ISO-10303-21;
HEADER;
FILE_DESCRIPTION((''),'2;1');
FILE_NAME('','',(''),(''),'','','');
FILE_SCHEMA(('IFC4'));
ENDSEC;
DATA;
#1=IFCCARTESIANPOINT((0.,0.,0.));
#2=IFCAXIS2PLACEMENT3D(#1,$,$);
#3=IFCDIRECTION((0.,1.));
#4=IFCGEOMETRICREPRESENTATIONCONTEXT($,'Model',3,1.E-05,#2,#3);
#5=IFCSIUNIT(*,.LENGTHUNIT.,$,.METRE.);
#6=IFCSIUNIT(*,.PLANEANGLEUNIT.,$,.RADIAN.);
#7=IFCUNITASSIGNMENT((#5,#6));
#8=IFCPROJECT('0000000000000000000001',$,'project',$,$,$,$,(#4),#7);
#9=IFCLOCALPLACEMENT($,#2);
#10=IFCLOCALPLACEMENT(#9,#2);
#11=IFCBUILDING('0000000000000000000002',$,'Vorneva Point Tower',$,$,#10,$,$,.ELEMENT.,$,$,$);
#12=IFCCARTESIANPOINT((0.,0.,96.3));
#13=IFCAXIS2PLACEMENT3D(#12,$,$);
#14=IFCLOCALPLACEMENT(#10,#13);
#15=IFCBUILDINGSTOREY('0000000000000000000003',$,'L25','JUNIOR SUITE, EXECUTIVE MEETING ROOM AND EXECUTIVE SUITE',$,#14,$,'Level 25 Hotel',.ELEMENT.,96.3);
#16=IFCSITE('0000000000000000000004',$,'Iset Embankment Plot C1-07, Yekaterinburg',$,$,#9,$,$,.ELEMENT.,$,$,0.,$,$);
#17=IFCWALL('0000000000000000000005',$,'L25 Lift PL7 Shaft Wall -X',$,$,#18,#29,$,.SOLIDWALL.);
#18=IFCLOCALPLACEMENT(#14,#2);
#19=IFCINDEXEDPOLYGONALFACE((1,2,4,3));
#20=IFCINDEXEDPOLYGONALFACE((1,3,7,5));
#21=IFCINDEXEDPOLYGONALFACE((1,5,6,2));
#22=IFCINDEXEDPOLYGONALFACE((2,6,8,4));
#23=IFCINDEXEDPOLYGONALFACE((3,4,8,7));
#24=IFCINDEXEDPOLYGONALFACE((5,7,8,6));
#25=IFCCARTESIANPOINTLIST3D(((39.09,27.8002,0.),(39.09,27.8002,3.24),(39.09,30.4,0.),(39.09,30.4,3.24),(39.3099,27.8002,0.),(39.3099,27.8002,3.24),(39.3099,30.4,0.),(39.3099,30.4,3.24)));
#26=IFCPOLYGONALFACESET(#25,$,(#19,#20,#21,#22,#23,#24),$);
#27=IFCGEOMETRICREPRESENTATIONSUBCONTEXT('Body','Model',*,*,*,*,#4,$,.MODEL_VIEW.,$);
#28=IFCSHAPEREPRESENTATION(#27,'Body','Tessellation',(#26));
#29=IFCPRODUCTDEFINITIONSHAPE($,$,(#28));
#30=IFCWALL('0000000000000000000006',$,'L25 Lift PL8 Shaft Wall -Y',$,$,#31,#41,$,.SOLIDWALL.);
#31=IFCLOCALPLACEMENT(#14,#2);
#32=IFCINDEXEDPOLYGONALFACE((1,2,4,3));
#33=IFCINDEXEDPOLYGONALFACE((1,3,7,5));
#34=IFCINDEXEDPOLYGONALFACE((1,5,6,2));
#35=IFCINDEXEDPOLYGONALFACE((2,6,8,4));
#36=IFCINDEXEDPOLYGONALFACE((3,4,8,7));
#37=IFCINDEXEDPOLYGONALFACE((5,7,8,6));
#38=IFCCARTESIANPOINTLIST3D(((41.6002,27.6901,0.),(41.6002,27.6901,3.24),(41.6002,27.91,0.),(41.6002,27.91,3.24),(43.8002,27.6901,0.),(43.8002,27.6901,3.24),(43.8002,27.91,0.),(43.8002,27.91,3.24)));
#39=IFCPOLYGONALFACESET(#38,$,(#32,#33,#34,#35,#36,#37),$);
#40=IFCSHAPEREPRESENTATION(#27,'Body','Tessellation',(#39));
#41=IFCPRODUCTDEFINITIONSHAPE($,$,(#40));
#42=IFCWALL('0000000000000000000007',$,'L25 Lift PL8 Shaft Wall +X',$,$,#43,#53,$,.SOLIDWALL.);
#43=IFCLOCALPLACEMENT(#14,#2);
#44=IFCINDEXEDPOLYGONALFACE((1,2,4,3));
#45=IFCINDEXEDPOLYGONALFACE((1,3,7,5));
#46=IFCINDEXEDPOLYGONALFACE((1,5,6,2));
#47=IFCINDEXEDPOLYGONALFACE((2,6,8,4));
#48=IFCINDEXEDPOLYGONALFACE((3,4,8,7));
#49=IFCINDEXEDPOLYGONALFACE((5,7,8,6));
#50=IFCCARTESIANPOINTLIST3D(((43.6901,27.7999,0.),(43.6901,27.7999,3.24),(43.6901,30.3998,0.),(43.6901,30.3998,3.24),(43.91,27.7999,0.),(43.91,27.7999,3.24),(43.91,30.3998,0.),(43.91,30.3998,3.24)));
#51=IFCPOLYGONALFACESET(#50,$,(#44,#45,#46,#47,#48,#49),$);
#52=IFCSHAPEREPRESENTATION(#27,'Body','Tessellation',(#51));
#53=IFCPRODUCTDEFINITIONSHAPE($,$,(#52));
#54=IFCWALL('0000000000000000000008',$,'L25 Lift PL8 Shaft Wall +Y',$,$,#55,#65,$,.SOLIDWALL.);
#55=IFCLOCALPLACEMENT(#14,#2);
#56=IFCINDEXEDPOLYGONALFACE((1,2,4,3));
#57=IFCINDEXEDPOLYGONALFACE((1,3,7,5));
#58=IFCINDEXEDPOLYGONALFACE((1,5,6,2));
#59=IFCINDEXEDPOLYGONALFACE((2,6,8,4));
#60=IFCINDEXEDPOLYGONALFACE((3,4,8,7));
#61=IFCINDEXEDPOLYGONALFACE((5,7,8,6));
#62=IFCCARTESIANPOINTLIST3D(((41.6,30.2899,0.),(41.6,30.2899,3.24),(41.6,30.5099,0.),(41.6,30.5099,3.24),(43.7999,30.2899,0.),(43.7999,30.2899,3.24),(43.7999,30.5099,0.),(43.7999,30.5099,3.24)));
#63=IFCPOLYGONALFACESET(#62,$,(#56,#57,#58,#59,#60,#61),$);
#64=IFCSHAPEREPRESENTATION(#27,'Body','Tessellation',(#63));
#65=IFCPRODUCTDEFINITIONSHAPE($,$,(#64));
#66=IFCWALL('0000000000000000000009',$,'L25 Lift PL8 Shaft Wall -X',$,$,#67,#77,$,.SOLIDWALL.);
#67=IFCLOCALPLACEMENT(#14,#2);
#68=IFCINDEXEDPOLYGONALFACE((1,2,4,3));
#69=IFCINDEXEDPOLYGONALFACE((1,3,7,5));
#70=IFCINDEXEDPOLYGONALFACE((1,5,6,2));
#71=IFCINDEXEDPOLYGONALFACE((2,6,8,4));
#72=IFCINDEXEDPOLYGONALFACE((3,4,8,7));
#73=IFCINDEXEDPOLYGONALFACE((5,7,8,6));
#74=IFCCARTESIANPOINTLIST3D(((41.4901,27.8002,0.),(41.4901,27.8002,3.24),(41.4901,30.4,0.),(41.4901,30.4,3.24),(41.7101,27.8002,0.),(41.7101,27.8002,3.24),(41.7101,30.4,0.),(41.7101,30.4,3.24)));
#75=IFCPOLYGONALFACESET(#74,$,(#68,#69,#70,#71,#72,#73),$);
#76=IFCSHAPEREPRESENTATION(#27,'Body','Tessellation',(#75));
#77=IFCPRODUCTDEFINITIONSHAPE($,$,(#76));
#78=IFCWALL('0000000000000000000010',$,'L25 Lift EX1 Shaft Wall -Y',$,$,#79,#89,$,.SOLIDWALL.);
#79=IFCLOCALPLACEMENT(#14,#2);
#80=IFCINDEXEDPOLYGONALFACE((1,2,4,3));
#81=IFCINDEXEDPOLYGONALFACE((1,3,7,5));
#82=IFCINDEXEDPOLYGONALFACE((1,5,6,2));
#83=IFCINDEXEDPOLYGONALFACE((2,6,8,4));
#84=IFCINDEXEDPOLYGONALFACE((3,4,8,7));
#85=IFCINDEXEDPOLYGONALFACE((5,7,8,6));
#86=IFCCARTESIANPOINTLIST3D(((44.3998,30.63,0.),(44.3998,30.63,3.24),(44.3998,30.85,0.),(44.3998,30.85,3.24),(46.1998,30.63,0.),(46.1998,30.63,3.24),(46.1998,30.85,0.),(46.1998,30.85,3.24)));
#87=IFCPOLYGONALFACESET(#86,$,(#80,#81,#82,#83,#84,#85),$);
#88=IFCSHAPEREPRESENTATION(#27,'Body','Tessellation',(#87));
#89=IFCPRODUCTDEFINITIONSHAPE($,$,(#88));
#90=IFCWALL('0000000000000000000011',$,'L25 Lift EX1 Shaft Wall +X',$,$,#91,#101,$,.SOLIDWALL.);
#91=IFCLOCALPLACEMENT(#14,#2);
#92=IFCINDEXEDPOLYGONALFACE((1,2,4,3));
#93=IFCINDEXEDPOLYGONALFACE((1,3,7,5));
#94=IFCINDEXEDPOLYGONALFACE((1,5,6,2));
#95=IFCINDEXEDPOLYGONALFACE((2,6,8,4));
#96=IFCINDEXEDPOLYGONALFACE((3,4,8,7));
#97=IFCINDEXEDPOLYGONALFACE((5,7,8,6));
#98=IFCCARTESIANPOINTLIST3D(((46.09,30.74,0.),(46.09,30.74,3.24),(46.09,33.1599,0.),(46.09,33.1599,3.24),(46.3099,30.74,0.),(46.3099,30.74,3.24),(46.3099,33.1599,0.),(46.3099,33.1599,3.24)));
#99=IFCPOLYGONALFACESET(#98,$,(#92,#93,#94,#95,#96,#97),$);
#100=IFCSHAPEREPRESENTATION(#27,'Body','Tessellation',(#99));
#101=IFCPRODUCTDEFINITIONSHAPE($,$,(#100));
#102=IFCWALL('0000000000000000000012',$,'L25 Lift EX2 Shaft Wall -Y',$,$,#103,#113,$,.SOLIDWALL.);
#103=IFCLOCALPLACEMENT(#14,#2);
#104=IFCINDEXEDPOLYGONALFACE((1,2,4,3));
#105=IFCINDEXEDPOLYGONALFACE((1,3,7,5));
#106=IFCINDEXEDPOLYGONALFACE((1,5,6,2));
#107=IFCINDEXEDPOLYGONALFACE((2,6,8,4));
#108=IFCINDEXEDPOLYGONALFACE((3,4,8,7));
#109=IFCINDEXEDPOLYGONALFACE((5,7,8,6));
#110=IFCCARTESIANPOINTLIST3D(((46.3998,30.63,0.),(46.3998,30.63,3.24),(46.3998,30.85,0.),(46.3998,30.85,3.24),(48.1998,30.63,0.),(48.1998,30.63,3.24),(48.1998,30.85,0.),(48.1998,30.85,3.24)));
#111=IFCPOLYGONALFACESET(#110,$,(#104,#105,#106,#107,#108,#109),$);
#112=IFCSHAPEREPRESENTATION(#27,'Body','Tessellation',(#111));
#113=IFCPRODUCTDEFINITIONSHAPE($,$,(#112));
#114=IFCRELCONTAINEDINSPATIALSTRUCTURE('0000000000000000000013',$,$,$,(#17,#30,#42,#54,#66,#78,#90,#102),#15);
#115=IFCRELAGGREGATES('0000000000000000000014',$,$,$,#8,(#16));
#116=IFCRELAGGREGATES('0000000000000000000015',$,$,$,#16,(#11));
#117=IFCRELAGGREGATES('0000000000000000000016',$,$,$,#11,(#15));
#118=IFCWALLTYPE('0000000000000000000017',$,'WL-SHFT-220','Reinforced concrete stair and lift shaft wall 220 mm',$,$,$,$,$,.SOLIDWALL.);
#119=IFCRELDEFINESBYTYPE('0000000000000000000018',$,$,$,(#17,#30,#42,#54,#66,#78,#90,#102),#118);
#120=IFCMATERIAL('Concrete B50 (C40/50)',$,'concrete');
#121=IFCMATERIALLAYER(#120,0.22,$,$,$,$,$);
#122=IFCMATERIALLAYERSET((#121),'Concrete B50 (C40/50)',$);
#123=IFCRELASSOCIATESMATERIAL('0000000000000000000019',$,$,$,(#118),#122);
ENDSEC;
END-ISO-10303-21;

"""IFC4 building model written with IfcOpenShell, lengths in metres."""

from ifc_helpers import new_model, si_unit, direction, frame, frame_2d, origin, place, context, subcontext, project, spatial, rectangle, extrude, material, layer, layer_set, type_object, element, save


model = new_model("IFC4")

# Units and contexts
model_context = context("Model", 3, precision=1e-05, world=origin(), true_north=direction((0.0, 1.0)))
body_context = subcontext(model_context, "Body", "Model", "MODEL_VIEW")
ifc_project = project(units=[si_unit("LENGTHUNIT", "METRE"), si_unit("PLANEANGLEUNIT", "RADIAN")], contexts=[model_context])

# Site, building, storey
site_placement = place(None, origin())
site = spatial("IfcSite", under=ifc_project, at=site_placement, Name="Iset Embankment Plot C1-07, Yekaterinburg", CompositionType="ELEMENT", RefElevation=0.0)
building_placement = place(site_placement, origin())
building = spatial("IfcBuilding", under=site, at=building_placement, Name="Vorneva Point Tower", CompositionType="ELEMENT")
storey_placement = place(building_placement, frame((0.0, 0.0, 96.3)))
storey = spatial("IfcBuildingStorey", under=building, at=storey_placement, Name="L25", Description="JUNIOR SUITE, EXECUTIVE MEETING ROOM AND EXECUTIVE SUITE", LongName="Level 25 Hotel", CompositionType="ELEMENT", Elevation=96.3)

# Walls
ifc_material_1 = material(Name="Concrete B50 (C40/50)", Category="concrete")
ifc_layer_1 = layer(ifc_material_1, 0.22)
ifc_layer_set_1 = layer_set([ifc_layer_1], Name="Concrete B50 (C40/50)")
wall_type_1 = type_object("IfcWallType", Name="WL-SHFT-220", Description="Reinforced concrete stair and lift shaft wall 220 mm", PredefinedType="SOLIDWALL", material=ifc_layer_set_1)
wall_1_placement = place(storey_placement, frame((39.2, 30.3999, 0.0), z_axis=(0.0, 0.0, 1.0), x_axis=(0.0, -1.0, 0.0)))
element("IfcWall", 1, at=wall_1_placement, inside=storey, type_object=wall_type_1, Name="L25 Lift PL7 Shaft Wall -X", PredefinedType="SOLIDWALL", context=body_context, shape_type="SweptSolid", body=[
    extrude(rectangle(XDim=2.5999, YDim=0.22, at=frame_2d((1.2998, 0.0))), origin(), (0.0, 0.0, 1.0), 3.24),
])
wall_2_placement = place(storey_placement, frame((41.6001, 27.8, 0.0), z_axis=(0.0, 0.0, 1.0), x_axis=(1.0, 0.0, 0.0)))
element("IfcWall", 2, at=wall_2_placement, inside=storey, type_object=wall_type_1, Name="L25 Lift PL8 Shaft Wall -Y", PredefinedType="SOLIDWALL", context=body_context, shape_type="SweptSolid", body=[
    extrude(rectangle(XDim=2.2, YDim=0.22, at=frame_2d((1.1001, 0.0))), origin(), (0.0, 0.0, 1.0), 3.24),
])
wall_3_placement = place(storey_placement, frame((43.8, 27.8, 0.0), z_axis=(0.0, 0.0, 1.0), x_axis=(0.0, 1.0, 0.0)))
element("IfcWall", 3, at=wall_3_placement, inside=storey, type_object=wall_type_1, Name="L25 Lift PL8 Shaft Wall +X", PredefinedType="SOLIDWALL", context=body_context, shape_type="SweptSolid", body=[
    extrude(rectangle(XDim=2.5999, YDim=0.22, at=frame_2d((1.2998, 0.0))), origin(), (0.0, 0.0, 1.0), 3.24),
])
wall_4_placement = place(storey_placement, frame((43.8, 30.3999, 0.0), z_axis=(0.0, 0.0, 1.0), x_axis=(-1.0, 0.0, 0.0)))
element("IfcWall", 4, at=wall_4_placement, inside=storey, type_object=wall_type_1, Name="L25 Lift PL8 Shaft Wall +Y", PredefinedType="SOLIDWALL", context=body_context, shape_type="SweptSolid", body=[
    extrude(rectangle(XDim=2.2, YDim=0.22, at=frame_2d((1.1001, 0.0))), origin(), (0.0, 0.0, 1.0), 3.24),
])
wall_5_placement = place(storey_placement, frame((41.6001, 30.3999, 0.0), z_axis=(0.0, 0.0, 1.0), x_axis=(0.0, -1.0, 0.0)))
element("IfcWall", 5, at=wall_5_placement, inside=storey, type_object=wall_type_1, Name="L25 Lift PL8 Shaft Wall -X", PredefinedType="SOLIDWALL", context=body_context, shape_type="SweptSolid", body=[
    extrude(rectangle(XDim=2.5999, YDim=0.22, at=frame_2d((1.2998, 0.0))), origin(), (0.0, 0.0, 1.0), 3.24),
])
wall_6_placement = place(storey_placement, frame((44.3999, 30.74, 0.0), z_axis=(0.0, 0.0, 1.0), x_axis=(1.0, 0.0, 0.0)))
element("IfcWall", 6, at=wall_6_placement, inside=storey, type_object=wall_type_1, Name="L25 Lift EX1 Shaft Wall -Y", PredefinedType="SOLIDWALL", context=body_context, shape_type="SweptSolid", body=[
    extrude(rectangle(XDim=1.8, YDim=0.22, at=frame_2d((0.8999, 0.0))), origin(), (0.0, 0.0, 1.0), 3.24),
])
wall_7_placement = place(storey_placement, frame((46.2, 30.74, 0.0), z_axis=(0.0, 0.0, 1.0), x_axis=(0.0, 1.0, 0.0)))
element("IfcWall", 7, at=wall_7_placement, inside=storey, type_object=wall_type_1, Name="L25 Lift EX1 Shaft Wall +X", PredefinedType="SOLIDWALL", context=body_context, shape_type="SweptSolid", body=[
    extrude(rectangle(XDim=2.4199, YDim=0.22, at=frame_2d((1.21, 0.0))), origin(), (0.0, 0.0, 1.0), 3.24),
])
wall_8_placement = place(storey_placement, frame((46.3999, 30.74, 0.0), z_axis=(0.0, 0.0, 1.0), x_axis=(1.0, 0.0, 0.0)))
element("IfcWall", 8, at=wall_8_placement, inside=storey, type_object=wall_type_1, Name="L25 Lift EX2 Shaft Wall -Y", PredefinedType="SOLIDWALL", context=body_context, shape_type="SweptSolid", body=[
    extrude(rectangle(XDim=1.8, YDim=0.22, at=frame_2d((0.8999, 0.0))), origin(), (0.0, 0.0, 1.0), 3.24),
])

save(model, "model.ifc")
